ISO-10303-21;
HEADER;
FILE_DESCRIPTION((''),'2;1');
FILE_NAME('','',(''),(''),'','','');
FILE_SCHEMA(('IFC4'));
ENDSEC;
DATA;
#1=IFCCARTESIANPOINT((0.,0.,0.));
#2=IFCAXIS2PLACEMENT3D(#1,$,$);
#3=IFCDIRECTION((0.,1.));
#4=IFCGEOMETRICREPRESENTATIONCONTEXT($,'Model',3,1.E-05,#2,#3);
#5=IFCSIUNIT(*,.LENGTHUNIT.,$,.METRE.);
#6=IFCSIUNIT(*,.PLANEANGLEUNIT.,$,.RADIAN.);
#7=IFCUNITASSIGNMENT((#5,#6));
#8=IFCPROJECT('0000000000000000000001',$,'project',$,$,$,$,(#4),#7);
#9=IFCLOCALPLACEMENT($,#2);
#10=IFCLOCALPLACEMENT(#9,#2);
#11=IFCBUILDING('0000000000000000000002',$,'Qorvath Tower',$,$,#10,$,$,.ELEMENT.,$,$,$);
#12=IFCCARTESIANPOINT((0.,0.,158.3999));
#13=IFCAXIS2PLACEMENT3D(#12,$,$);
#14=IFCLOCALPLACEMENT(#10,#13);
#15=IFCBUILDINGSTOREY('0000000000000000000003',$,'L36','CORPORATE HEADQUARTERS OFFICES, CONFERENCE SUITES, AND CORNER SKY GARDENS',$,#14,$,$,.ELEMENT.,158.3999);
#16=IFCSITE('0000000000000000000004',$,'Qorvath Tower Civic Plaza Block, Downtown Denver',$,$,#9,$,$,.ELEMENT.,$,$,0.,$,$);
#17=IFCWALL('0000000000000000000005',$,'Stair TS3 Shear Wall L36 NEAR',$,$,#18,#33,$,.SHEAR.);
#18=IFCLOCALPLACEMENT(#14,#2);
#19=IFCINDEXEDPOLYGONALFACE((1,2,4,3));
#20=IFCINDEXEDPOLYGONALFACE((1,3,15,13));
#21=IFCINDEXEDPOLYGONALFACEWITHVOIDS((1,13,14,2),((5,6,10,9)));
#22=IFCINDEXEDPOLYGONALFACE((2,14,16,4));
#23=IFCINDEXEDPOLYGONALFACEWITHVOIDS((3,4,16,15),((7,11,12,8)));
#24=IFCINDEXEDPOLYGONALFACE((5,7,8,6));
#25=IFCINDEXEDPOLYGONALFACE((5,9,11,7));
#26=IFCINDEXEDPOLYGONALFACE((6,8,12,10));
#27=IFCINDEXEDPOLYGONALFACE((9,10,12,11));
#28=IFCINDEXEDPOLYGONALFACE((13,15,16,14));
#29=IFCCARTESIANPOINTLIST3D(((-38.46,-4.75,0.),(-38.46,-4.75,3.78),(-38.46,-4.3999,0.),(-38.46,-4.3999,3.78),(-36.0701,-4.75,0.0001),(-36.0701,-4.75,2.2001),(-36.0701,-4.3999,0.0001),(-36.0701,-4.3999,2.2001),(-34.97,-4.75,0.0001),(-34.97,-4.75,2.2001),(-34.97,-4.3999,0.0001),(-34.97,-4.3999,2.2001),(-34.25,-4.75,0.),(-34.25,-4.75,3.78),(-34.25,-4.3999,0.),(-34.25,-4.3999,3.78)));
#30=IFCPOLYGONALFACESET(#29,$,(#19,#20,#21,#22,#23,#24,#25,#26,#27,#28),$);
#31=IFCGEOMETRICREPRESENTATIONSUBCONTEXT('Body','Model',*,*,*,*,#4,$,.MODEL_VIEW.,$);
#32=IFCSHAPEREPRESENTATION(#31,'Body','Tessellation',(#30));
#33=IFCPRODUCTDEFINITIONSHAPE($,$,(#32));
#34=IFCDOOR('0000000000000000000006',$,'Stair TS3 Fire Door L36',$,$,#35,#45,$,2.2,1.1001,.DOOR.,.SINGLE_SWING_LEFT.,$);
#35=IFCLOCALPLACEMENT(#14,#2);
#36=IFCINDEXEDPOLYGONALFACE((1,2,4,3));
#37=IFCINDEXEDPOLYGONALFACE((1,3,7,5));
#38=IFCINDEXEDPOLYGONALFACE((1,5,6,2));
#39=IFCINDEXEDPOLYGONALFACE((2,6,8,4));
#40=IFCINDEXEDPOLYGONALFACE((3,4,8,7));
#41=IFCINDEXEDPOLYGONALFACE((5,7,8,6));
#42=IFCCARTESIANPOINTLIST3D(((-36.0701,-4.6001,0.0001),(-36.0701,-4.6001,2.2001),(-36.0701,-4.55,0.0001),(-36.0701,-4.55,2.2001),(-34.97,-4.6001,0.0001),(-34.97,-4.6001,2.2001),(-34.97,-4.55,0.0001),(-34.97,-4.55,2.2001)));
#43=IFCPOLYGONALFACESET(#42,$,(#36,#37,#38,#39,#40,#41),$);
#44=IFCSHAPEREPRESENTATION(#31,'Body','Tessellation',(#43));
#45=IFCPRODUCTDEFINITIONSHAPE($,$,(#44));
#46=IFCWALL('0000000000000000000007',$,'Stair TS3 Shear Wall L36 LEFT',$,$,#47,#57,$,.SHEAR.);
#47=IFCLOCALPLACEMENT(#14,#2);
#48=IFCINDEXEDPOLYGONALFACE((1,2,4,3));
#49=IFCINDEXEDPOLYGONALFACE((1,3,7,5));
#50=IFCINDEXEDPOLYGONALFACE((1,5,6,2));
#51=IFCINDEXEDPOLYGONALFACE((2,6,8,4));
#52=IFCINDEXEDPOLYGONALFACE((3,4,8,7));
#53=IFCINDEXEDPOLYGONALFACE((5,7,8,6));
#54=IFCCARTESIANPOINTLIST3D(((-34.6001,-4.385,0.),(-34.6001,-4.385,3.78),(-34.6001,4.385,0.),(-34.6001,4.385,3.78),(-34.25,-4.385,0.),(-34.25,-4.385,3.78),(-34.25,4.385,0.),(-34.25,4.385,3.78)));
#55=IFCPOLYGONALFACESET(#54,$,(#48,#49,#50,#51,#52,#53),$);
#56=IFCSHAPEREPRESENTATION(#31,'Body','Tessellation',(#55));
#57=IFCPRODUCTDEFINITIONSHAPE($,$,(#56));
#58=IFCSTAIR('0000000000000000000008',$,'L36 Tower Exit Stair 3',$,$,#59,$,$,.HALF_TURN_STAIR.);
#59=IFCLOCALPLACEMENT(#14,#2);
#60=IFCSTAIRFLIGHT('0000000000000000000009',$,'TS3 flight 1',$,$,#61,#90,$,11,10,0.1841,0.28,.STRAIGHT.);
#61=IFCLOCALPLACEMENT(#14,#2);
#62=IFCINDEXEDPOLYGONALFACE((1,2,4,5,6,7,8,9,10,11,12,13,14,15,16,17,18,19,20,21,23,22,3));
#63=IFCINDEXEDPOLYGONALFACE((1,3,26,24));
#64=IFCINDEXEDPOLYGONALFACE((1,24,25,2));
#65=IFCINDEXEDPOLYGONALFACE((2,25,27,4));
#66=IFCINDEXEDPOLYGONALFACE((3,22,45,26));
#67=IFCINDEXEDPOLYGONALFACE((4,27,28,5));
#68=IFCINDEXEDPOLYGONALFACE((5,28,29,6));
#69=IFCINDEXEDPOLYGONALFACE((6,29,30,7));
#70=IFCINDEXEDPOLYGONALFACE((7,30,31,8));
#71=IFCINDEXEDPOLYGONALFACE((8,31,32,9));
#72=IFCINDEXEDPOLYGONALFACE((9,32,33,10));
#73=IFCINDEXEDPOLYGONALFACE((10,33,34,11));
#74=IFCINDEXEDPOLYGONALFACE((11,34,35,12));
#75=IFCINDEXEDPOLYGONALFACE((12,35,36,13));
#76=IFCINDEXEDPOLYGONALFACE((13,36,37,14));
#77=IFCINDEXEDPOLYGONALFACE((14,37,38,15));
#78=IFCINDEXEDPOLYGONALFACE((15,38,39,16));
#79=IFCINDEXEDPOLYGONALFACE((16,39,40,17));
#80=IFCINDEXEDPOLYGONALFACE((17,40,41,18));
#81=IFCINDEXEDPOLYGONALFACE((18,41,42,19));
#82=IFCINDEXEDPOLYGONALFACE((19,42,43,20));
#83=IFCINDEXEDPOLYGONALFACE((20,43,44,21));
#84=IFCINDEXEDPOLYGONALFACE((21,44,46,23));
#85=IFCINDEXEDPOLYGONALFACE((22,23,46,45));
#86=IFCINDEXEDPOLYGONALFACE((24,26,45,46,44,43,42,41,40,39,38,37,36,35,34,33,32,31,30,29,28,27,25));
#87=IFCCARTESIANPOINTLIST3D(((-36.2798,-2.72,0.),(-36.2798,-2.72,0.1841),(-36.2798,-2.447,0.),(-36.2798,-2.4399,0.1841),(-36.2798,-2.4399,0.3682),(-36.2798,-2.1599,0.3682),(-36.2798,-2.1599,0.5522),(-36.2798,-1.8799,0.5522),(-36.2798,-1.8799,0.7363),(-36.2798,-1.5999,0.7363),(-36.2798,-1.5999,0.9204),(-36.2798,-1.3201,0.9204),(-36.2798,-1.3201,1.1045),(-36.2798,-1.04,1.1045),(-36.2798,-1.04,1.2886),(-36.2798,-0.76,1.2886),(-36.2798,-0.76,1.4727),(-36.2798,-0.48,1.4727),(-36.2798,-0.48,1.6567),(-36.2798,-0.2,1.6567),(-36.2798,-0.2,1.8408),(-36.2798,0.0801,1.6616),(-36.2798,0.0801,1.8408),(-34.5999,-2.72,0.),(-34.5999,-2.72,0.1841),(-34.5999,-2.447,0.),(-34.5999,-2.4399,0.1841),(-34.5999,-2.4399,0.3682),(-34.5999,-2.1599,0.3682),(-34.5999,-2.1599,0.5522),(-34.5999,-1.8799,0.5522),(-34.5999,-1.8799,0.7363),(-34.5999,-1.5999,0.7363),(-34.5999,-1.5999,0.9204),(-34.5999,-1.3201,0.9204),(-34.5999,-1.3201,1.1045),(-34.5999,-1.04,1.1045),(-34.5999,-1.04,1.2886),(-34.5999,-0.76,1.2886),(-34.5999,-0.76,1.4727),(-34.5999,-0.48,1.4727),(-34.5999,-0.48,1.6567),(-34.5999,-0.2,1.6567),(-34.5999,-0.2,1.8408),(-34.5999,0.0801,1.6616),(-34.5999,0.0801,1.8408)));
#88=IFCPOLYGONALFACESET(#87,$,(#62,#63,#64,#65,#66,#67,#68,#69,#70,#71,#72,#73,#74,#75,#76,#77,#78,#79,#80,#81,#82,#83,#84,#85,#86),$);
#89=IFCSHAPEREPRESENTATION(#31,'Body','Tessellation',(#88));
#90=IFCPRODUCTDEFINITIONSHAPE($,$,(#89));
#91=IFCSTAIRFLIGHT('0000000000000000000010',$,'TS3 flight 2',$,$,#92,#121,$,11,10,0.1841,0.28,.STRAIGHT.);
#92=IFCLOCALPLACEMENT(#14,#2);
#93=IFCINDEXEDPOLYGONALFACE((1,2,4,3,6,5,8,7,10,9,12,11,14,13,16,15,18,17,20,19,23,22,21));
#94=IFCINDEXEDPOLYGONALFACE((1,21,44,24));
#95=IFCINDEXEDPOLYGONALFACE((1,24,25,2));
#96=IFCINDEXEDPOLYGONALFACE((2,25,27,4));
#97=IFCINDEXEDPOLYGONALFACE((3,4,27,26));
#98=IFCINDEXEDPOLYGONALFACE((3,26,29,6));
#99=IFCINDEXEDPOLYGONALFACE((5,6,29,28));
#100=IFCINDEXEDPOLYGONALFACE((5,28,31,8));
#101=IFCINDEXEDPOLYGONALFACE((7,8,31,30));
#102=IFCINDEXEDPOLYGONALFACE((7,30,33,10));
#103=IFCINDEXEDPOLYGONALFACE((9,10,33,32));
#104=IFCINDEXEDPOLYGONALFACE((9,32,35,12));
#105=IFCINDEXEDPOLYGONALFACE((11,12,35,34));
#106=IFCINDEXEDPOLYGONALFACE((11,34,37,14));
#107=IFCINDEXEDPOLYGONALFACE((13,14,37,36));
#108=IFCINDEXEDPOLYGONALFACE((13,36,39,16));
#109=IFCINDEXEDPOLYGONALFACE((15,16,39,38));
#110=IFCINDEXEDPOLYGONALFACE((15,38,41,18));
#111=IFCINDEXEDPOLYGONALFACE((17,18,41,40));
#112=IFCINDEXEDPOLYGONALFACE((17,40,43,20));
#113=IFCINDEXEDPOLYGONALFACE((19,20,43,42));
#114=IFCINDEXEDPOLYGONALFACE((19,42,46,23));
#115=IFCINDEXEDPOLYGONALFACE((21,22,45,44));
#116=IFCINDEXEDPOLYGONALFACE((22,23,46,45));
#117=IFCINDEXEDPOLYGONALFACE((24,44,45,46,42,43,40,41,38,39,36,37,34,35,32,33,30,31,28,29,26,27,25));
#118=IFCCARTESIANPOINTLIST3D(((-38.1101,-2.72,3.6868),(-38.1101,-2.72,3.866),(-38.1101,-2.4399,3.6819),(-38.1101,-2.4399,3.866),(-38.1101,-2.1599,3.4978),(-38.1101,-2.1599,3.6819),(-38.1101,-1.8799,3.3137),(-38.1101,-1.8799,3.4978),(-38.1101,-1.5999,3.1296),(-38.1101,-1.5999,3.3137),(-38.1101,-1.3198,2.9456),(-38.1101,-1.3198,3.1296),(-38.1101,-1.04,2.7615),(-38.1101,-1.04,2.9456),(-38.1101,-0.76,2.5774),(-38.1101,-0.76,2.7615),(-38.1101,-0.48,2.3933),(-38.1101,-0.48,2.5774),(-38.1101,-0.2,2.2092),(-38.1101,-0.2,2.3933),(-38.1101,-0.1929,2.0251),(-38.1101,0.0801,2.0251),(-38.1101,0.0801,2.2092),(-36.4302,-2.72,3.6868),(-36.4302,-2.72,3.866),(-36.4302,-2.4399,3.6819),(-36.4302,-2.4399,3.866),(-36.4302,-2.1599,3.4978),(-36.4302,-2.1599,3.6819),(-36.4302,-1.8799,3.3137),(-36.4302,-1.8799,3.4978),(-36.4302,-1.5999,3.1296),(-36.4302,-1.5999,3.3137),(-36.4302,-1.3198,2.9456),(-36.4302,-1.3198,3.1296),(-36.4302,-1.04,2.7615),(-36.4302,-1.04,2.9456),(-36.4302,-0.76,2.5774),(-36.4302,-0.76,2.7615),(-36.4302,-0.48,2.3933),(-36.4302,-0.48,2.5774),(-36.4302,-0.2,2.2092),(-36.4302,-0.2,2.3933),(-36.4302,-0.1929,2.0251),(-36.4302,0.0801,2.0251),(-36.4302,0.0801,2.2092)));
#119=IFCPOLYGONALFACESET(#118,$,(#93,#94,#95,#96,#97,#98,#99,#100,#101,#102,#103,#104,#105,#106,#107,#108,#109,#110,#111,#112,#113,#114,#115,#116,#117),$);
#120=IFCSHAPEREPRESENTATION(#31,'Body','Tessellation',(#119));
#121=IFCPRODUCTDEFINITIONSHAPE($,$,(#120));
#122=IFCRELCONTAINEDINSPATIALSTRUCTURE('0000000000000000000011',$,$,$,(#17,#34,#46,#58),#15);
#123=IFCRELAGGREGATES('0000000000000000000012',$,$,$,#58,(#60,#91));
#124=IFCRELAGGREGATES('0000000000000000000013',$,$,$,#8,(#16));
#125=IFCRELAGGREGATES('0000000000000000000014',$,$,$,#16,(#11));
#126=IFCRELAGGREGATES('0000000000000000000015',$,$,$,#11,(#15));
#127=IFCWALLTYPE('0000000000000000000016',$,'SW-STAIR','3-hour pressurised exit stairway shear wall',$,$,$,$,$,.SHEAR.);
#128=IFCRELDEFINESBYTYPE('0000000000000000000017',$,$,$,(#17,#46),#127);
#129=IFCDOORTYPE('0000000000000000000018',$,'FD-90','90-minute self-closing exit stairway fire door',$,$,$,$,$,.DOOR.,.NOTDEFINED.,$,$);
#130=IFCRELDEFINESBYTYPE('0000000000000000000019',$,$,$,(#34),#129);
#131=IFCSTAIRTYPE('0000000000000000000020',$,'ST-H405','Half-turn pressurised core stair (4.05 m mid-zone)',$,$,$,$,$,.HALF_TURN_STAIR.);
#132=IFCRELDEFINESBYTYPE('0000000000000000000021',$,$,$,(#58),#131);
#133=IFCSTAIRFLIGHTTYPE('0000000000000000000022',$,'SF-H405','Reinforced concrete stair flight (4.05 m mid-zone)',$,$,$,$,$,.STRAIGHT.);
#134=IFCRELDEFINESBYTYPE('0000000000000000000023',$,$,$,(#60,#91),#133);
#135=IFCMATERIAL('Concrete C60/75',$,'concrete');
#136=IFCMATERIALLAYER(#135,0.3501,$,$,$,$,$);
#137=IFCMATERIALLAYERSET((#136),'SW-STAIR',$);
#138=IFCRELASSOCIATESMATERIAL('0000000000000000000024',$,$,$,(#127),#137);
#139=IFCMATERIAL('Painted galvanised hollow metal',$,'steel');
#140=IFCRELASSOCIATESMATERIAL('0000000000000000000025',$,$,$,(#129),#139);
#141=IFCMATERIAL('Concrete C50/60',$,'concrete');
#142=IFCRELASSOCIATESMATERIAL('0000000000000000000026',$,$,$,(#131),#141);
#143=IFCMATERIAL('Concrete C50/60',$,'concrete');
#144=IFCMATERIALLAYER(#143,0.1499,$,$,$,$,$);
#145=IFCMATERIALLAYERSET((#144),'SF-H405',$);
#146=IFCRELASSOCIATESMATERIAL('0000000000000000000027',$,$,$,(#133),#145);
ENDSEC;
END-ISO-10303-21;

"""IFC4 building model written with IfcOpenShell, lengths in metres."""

from ifc_helpers import new_model, si_unit, direction, frame, frame_2d, origin, place, context, subcontext, project, spatial, polyline, rectangle, outline, extrude, material, layer, layer_set, type_object, element, fill, aggregate, save


model = new_model("IFC4")

# Units and contexts
model_context = context("Model", 3, precision=1e-05, world=origin(), true_north=direction((0.0, 1.0)))
body_context = subcontext(model_context, "Body", "Model", "MODEL_VIEW")
ifc_project = project(units=[si_unit("LENGTHUNIT", "METRE"), si_unit("PLANEANGLEUNIT", "RADIAN")], contexts=[model_context])

# Site, building, storey
site_placement = place(None, origin())
site = spatial("IfcSite", under=ifc_project, at=site_placement, Name="Qorvath Tower Civic Plaza Block, Downtown Denver", CompositionType="ELEMENT", RefElevation=0.0)
building_placement = place(site_placement, origin())
building = spatial("IfcBuilding", under=site, at=building_placement, Name="Qorvath Tower", CompositionType="ELEMENT")
storey_placement = place(building_placement, frame((0.0, 0.0, 158.3999)))
storey = spatial("IfcBuildingStorey", under=building, at=storey_placement, Name="L36", Description="CORPORATE HEADQUARTERS OFFICES, CONFERENCE SUITES, AND CORNER SKY GARDENS", CompositionType="ELEMENT", Elevation=158.3999)

# Wall, opening, door
ifc_material_1 = material(Name="Concrete C60/75", Category="concrete")
ifc_layer_1 = layer(ifc_material_1, 0.3501)
ifc_layer_set_1 = layer_set([ifc_layer_1], Name="SW-STAIR")
wall_type_1 = type_object("IfcWallType", Name="SW-STAIR", Description="3-hour pressurised exit stairway shear wall", PredefinedType="SHEAR", material=ifc_layer_set_1)
wall_1_placement = place(storey_placement, frame((-38.46, -4.575, 0.0), z_axis=(0.0, 0.0, 1.0), x_axis=(1.0, 0.0, 0.0)))
wall_1 = element("IfcWall", 1, at=wall_1_placement, inside=storey, type_object=wall_type_1, Name="Stair TS3 Shear Wall L36 NEAR", PredefinedType="SHEAR", context=body_context, shape_type="SweptSolid", body=[
    extrude(rectangle(XDim=4.21, YDim=0.3501, at=frame_2d((2.105, 0.0))), origin(), (0.0, 0.0, 1.0), 3.78),
])
opening_1_placement = place(wall_1_placement, frame((2.3899, 0.0, 0.0)))
opening_1 = element("IfcOpeningElement", 2, at=opening_1_placement, cuts=wall_1, PredefinedType="OPENING", context=body_context, shape_type="SweptSolid", body=[
    extrude(rectangle(XDim=1.1001, YDim=2.2, at=frame_2d((0.55, 1.1001))), frame((0.0, 0.1851, 0.0), z_axis=(0.0, -1.0, 0.0), x_axis=(1.0, 0.0, 0.0)), (0.0, 0.0, 1.0), 0.3701),
])
ifc_material_2 = material(Name="Painted galvanised hollow metal", Category="steel")
door_type_1 = type_object("IfcDoorType", Name="FD-90", Description="90-minute self-closing exit stairway fire door", OperationType="NOTDEFINED", PredefinedType="DOOR", material=ifc_material_2)
door_1_placement = place(opening_1_placement, origin())
door_1 = element("IfcDoor", 3, at=door_1_placement, inside=storey, type_object=door_type_1, Name="Stair TS3 Fire Door L36", OperationType="SINGLE_SWING_LEFT", OverallHeight=2.2, OverallWidth=1.1001, PredefinedType="DOOR", context=body_context, shape_type="SweptSolid", body=[
    extrude(rectangle(XDim=1.1001, YDim=2.2, at=frame_2d((0.55, 1.1001))), frame((0.0, 0.0249, 0.0), z_axis=(0.0, -1.0, 0.0), x_axis=(1.0, 0.0, 0.0)), (0.0, 0.0, 1.0), 0.05),
])
fill(opening_1, door_1)

# Wall
wall_2_placement = place(storey_placement, frame((-34.425, -4.385, 0.0), z_axis=(0.0, 0.0, 1.0), x_axis=(0.0, 1.0, 0.0)))
element("IfcWall", 4, at=wall_2_placement, inside=storey, type_object=wall_type_1, Name="Stair TS3 Shear Wall L36 LEFT", PredefinedType="SHEAR", context=body_context, shape_type="SweptSolid", body=[
    extrude(rectangle(XDim=8.77, YDim=0.3501, at=frame_2d((4.385, 0.0))), origin(), (0.0, 0.0, 1.0), 3.78),
])

# Stair, stair flights
ifc_material_3 = material(Name="Concrete C50/60", Category="concrete")
stair_type = type_object("IfcStairType", Name="ST-H405", Description="Half-turn pressurised core stair (4.05 m mid-zone)", PredefinedType="HALF_TURN_STAIR", material=ifc_material_3)
stair_placement = place(storey_placement, origin())
stair = element("IfcStair", 5, at=stair_placement, inside=storey, type_object=stair_type, Name="L36 Tower Exit Stair 3", PredefinedType="HALF_TURN_STAIR")
ifc_material_4 = material(Name="Concrete C50/60", Category="concrete")
ifc_layer_2 = layer(ifc_material_4, 0.1499)
ifc_layer_set_2 = layer_set([ifc_layer_2], Name="SF-H405")
stair_flight_type = type_object("IfcStairFlightType", Name="SF-H405", Description="Reinforced concrete stair flight (4.05 m mid-zone)", PredefinedType="STRAIGHT", material=ifc_layer_set_2)
stair_flight_1_placement = place(storey_placement, frame((-35.4399, -2.72, 0.0), z_axis=(0.0, 0.0, 1.0), x_axis=(0.0, 1.0, 0.0)))
stair_flight_1 = element("IfcStairFlight", 6, at=stair_flight_1_placement, type_object=stair_flight_type, Name="TS3 flight 1", NumberOfRisers=11, NumberOfTreads=10, PredefinedType="STRAIGHT", RiserHeight=0.1841, TreadLength=0.28, context=body_context, shape_type="SweptSolid", body=[
    extrude(outline(polyline([(0.0, 0.0), (0.0, 0.1841), (0.28, 0.1841), (0.28, 0.3682), (0.5601, 0.3682), (0.5601, 0.5522), (0.8401, 0.5522), (0.8401, 0.7363), (1.1201, 0.7363), (1.1201, 0.9204), (1.3999, 0.9204), (1.3999, 1.1045), (1.6799, 1.1045), (1.6799, 1.2886), (1.96, 1.2886), (1.96, 1.4727), (2.24, 1.4727), (2.24, 1.6567), (2.52, 1.6567), (2.52, 1.8408), (2.8, 1.8408), (2.8, 2.0249), (2.8, 1.6616), (0.2729, 0.0), (0.0, 0.0)])), frame((0.0, 0.8398, 0.0), z_axis=(0.0, -1.0, 0.0), x_axis=(1.0, 0.0, 0.0)), (0.0, 0.0, 1.0), 1.6799),
])
stair_flight_2_placement = place(storey_placement, frame((-37.27, 0.0801, 2.0251), z_axis=(0.0, 0.0, 1.0), x_axis=(0.0, -1.0, 0.0)))
stair_flight_2 = element("IfcStairFlight", 7, at=stair_flight_2_placement, type_object=stair_flight_type, Name="TS3 flight 2", NumberOfRisers=11, NumberOfTreads=10, PredefinedType="STRAIGHT", RiserHeight=0.1841, TreadLength=0.28, context=body_context, shape_type="SweptSolid", body=[
    extrude(outline(polyline([(0.0, 0.0), (0.0, 0.1841), (0.28, 0.1841), (0.28, 0.3682), (0.5601, 0.3682), (0.5601, 0.5522), (0.8401, 0.5522), (0.8401, 0.7363), (1.1201, 0.7363), (1.1201, 0.9204), (1.3999, 0.9204), (1.3999, 1.1045), (1.6799, 1.1045), (1.6799, 1.2886), (1.96, 1.2886), (1.96, 1.4727), (2.24, 1.4727), (2.24, 1.6567), (2.52, 1.6567), (2.52, 1.8408), (2.8, 1.8408), (2.8, 2.0249), (2.8, 1.6616), (0.2729, 0.0), (0.0, 0.0)])), frame((0.0, 0.8398, 0.0), z_axis=(0.0, -1.0, 0.0), x_axis=(1.0, 0.0, 0.0)), (0.0, 0.0, 1.0), 1.6799),
])
aggregate(stair, [stair_flight_1, stair_flight_2])

save(model, "model.ifc")
